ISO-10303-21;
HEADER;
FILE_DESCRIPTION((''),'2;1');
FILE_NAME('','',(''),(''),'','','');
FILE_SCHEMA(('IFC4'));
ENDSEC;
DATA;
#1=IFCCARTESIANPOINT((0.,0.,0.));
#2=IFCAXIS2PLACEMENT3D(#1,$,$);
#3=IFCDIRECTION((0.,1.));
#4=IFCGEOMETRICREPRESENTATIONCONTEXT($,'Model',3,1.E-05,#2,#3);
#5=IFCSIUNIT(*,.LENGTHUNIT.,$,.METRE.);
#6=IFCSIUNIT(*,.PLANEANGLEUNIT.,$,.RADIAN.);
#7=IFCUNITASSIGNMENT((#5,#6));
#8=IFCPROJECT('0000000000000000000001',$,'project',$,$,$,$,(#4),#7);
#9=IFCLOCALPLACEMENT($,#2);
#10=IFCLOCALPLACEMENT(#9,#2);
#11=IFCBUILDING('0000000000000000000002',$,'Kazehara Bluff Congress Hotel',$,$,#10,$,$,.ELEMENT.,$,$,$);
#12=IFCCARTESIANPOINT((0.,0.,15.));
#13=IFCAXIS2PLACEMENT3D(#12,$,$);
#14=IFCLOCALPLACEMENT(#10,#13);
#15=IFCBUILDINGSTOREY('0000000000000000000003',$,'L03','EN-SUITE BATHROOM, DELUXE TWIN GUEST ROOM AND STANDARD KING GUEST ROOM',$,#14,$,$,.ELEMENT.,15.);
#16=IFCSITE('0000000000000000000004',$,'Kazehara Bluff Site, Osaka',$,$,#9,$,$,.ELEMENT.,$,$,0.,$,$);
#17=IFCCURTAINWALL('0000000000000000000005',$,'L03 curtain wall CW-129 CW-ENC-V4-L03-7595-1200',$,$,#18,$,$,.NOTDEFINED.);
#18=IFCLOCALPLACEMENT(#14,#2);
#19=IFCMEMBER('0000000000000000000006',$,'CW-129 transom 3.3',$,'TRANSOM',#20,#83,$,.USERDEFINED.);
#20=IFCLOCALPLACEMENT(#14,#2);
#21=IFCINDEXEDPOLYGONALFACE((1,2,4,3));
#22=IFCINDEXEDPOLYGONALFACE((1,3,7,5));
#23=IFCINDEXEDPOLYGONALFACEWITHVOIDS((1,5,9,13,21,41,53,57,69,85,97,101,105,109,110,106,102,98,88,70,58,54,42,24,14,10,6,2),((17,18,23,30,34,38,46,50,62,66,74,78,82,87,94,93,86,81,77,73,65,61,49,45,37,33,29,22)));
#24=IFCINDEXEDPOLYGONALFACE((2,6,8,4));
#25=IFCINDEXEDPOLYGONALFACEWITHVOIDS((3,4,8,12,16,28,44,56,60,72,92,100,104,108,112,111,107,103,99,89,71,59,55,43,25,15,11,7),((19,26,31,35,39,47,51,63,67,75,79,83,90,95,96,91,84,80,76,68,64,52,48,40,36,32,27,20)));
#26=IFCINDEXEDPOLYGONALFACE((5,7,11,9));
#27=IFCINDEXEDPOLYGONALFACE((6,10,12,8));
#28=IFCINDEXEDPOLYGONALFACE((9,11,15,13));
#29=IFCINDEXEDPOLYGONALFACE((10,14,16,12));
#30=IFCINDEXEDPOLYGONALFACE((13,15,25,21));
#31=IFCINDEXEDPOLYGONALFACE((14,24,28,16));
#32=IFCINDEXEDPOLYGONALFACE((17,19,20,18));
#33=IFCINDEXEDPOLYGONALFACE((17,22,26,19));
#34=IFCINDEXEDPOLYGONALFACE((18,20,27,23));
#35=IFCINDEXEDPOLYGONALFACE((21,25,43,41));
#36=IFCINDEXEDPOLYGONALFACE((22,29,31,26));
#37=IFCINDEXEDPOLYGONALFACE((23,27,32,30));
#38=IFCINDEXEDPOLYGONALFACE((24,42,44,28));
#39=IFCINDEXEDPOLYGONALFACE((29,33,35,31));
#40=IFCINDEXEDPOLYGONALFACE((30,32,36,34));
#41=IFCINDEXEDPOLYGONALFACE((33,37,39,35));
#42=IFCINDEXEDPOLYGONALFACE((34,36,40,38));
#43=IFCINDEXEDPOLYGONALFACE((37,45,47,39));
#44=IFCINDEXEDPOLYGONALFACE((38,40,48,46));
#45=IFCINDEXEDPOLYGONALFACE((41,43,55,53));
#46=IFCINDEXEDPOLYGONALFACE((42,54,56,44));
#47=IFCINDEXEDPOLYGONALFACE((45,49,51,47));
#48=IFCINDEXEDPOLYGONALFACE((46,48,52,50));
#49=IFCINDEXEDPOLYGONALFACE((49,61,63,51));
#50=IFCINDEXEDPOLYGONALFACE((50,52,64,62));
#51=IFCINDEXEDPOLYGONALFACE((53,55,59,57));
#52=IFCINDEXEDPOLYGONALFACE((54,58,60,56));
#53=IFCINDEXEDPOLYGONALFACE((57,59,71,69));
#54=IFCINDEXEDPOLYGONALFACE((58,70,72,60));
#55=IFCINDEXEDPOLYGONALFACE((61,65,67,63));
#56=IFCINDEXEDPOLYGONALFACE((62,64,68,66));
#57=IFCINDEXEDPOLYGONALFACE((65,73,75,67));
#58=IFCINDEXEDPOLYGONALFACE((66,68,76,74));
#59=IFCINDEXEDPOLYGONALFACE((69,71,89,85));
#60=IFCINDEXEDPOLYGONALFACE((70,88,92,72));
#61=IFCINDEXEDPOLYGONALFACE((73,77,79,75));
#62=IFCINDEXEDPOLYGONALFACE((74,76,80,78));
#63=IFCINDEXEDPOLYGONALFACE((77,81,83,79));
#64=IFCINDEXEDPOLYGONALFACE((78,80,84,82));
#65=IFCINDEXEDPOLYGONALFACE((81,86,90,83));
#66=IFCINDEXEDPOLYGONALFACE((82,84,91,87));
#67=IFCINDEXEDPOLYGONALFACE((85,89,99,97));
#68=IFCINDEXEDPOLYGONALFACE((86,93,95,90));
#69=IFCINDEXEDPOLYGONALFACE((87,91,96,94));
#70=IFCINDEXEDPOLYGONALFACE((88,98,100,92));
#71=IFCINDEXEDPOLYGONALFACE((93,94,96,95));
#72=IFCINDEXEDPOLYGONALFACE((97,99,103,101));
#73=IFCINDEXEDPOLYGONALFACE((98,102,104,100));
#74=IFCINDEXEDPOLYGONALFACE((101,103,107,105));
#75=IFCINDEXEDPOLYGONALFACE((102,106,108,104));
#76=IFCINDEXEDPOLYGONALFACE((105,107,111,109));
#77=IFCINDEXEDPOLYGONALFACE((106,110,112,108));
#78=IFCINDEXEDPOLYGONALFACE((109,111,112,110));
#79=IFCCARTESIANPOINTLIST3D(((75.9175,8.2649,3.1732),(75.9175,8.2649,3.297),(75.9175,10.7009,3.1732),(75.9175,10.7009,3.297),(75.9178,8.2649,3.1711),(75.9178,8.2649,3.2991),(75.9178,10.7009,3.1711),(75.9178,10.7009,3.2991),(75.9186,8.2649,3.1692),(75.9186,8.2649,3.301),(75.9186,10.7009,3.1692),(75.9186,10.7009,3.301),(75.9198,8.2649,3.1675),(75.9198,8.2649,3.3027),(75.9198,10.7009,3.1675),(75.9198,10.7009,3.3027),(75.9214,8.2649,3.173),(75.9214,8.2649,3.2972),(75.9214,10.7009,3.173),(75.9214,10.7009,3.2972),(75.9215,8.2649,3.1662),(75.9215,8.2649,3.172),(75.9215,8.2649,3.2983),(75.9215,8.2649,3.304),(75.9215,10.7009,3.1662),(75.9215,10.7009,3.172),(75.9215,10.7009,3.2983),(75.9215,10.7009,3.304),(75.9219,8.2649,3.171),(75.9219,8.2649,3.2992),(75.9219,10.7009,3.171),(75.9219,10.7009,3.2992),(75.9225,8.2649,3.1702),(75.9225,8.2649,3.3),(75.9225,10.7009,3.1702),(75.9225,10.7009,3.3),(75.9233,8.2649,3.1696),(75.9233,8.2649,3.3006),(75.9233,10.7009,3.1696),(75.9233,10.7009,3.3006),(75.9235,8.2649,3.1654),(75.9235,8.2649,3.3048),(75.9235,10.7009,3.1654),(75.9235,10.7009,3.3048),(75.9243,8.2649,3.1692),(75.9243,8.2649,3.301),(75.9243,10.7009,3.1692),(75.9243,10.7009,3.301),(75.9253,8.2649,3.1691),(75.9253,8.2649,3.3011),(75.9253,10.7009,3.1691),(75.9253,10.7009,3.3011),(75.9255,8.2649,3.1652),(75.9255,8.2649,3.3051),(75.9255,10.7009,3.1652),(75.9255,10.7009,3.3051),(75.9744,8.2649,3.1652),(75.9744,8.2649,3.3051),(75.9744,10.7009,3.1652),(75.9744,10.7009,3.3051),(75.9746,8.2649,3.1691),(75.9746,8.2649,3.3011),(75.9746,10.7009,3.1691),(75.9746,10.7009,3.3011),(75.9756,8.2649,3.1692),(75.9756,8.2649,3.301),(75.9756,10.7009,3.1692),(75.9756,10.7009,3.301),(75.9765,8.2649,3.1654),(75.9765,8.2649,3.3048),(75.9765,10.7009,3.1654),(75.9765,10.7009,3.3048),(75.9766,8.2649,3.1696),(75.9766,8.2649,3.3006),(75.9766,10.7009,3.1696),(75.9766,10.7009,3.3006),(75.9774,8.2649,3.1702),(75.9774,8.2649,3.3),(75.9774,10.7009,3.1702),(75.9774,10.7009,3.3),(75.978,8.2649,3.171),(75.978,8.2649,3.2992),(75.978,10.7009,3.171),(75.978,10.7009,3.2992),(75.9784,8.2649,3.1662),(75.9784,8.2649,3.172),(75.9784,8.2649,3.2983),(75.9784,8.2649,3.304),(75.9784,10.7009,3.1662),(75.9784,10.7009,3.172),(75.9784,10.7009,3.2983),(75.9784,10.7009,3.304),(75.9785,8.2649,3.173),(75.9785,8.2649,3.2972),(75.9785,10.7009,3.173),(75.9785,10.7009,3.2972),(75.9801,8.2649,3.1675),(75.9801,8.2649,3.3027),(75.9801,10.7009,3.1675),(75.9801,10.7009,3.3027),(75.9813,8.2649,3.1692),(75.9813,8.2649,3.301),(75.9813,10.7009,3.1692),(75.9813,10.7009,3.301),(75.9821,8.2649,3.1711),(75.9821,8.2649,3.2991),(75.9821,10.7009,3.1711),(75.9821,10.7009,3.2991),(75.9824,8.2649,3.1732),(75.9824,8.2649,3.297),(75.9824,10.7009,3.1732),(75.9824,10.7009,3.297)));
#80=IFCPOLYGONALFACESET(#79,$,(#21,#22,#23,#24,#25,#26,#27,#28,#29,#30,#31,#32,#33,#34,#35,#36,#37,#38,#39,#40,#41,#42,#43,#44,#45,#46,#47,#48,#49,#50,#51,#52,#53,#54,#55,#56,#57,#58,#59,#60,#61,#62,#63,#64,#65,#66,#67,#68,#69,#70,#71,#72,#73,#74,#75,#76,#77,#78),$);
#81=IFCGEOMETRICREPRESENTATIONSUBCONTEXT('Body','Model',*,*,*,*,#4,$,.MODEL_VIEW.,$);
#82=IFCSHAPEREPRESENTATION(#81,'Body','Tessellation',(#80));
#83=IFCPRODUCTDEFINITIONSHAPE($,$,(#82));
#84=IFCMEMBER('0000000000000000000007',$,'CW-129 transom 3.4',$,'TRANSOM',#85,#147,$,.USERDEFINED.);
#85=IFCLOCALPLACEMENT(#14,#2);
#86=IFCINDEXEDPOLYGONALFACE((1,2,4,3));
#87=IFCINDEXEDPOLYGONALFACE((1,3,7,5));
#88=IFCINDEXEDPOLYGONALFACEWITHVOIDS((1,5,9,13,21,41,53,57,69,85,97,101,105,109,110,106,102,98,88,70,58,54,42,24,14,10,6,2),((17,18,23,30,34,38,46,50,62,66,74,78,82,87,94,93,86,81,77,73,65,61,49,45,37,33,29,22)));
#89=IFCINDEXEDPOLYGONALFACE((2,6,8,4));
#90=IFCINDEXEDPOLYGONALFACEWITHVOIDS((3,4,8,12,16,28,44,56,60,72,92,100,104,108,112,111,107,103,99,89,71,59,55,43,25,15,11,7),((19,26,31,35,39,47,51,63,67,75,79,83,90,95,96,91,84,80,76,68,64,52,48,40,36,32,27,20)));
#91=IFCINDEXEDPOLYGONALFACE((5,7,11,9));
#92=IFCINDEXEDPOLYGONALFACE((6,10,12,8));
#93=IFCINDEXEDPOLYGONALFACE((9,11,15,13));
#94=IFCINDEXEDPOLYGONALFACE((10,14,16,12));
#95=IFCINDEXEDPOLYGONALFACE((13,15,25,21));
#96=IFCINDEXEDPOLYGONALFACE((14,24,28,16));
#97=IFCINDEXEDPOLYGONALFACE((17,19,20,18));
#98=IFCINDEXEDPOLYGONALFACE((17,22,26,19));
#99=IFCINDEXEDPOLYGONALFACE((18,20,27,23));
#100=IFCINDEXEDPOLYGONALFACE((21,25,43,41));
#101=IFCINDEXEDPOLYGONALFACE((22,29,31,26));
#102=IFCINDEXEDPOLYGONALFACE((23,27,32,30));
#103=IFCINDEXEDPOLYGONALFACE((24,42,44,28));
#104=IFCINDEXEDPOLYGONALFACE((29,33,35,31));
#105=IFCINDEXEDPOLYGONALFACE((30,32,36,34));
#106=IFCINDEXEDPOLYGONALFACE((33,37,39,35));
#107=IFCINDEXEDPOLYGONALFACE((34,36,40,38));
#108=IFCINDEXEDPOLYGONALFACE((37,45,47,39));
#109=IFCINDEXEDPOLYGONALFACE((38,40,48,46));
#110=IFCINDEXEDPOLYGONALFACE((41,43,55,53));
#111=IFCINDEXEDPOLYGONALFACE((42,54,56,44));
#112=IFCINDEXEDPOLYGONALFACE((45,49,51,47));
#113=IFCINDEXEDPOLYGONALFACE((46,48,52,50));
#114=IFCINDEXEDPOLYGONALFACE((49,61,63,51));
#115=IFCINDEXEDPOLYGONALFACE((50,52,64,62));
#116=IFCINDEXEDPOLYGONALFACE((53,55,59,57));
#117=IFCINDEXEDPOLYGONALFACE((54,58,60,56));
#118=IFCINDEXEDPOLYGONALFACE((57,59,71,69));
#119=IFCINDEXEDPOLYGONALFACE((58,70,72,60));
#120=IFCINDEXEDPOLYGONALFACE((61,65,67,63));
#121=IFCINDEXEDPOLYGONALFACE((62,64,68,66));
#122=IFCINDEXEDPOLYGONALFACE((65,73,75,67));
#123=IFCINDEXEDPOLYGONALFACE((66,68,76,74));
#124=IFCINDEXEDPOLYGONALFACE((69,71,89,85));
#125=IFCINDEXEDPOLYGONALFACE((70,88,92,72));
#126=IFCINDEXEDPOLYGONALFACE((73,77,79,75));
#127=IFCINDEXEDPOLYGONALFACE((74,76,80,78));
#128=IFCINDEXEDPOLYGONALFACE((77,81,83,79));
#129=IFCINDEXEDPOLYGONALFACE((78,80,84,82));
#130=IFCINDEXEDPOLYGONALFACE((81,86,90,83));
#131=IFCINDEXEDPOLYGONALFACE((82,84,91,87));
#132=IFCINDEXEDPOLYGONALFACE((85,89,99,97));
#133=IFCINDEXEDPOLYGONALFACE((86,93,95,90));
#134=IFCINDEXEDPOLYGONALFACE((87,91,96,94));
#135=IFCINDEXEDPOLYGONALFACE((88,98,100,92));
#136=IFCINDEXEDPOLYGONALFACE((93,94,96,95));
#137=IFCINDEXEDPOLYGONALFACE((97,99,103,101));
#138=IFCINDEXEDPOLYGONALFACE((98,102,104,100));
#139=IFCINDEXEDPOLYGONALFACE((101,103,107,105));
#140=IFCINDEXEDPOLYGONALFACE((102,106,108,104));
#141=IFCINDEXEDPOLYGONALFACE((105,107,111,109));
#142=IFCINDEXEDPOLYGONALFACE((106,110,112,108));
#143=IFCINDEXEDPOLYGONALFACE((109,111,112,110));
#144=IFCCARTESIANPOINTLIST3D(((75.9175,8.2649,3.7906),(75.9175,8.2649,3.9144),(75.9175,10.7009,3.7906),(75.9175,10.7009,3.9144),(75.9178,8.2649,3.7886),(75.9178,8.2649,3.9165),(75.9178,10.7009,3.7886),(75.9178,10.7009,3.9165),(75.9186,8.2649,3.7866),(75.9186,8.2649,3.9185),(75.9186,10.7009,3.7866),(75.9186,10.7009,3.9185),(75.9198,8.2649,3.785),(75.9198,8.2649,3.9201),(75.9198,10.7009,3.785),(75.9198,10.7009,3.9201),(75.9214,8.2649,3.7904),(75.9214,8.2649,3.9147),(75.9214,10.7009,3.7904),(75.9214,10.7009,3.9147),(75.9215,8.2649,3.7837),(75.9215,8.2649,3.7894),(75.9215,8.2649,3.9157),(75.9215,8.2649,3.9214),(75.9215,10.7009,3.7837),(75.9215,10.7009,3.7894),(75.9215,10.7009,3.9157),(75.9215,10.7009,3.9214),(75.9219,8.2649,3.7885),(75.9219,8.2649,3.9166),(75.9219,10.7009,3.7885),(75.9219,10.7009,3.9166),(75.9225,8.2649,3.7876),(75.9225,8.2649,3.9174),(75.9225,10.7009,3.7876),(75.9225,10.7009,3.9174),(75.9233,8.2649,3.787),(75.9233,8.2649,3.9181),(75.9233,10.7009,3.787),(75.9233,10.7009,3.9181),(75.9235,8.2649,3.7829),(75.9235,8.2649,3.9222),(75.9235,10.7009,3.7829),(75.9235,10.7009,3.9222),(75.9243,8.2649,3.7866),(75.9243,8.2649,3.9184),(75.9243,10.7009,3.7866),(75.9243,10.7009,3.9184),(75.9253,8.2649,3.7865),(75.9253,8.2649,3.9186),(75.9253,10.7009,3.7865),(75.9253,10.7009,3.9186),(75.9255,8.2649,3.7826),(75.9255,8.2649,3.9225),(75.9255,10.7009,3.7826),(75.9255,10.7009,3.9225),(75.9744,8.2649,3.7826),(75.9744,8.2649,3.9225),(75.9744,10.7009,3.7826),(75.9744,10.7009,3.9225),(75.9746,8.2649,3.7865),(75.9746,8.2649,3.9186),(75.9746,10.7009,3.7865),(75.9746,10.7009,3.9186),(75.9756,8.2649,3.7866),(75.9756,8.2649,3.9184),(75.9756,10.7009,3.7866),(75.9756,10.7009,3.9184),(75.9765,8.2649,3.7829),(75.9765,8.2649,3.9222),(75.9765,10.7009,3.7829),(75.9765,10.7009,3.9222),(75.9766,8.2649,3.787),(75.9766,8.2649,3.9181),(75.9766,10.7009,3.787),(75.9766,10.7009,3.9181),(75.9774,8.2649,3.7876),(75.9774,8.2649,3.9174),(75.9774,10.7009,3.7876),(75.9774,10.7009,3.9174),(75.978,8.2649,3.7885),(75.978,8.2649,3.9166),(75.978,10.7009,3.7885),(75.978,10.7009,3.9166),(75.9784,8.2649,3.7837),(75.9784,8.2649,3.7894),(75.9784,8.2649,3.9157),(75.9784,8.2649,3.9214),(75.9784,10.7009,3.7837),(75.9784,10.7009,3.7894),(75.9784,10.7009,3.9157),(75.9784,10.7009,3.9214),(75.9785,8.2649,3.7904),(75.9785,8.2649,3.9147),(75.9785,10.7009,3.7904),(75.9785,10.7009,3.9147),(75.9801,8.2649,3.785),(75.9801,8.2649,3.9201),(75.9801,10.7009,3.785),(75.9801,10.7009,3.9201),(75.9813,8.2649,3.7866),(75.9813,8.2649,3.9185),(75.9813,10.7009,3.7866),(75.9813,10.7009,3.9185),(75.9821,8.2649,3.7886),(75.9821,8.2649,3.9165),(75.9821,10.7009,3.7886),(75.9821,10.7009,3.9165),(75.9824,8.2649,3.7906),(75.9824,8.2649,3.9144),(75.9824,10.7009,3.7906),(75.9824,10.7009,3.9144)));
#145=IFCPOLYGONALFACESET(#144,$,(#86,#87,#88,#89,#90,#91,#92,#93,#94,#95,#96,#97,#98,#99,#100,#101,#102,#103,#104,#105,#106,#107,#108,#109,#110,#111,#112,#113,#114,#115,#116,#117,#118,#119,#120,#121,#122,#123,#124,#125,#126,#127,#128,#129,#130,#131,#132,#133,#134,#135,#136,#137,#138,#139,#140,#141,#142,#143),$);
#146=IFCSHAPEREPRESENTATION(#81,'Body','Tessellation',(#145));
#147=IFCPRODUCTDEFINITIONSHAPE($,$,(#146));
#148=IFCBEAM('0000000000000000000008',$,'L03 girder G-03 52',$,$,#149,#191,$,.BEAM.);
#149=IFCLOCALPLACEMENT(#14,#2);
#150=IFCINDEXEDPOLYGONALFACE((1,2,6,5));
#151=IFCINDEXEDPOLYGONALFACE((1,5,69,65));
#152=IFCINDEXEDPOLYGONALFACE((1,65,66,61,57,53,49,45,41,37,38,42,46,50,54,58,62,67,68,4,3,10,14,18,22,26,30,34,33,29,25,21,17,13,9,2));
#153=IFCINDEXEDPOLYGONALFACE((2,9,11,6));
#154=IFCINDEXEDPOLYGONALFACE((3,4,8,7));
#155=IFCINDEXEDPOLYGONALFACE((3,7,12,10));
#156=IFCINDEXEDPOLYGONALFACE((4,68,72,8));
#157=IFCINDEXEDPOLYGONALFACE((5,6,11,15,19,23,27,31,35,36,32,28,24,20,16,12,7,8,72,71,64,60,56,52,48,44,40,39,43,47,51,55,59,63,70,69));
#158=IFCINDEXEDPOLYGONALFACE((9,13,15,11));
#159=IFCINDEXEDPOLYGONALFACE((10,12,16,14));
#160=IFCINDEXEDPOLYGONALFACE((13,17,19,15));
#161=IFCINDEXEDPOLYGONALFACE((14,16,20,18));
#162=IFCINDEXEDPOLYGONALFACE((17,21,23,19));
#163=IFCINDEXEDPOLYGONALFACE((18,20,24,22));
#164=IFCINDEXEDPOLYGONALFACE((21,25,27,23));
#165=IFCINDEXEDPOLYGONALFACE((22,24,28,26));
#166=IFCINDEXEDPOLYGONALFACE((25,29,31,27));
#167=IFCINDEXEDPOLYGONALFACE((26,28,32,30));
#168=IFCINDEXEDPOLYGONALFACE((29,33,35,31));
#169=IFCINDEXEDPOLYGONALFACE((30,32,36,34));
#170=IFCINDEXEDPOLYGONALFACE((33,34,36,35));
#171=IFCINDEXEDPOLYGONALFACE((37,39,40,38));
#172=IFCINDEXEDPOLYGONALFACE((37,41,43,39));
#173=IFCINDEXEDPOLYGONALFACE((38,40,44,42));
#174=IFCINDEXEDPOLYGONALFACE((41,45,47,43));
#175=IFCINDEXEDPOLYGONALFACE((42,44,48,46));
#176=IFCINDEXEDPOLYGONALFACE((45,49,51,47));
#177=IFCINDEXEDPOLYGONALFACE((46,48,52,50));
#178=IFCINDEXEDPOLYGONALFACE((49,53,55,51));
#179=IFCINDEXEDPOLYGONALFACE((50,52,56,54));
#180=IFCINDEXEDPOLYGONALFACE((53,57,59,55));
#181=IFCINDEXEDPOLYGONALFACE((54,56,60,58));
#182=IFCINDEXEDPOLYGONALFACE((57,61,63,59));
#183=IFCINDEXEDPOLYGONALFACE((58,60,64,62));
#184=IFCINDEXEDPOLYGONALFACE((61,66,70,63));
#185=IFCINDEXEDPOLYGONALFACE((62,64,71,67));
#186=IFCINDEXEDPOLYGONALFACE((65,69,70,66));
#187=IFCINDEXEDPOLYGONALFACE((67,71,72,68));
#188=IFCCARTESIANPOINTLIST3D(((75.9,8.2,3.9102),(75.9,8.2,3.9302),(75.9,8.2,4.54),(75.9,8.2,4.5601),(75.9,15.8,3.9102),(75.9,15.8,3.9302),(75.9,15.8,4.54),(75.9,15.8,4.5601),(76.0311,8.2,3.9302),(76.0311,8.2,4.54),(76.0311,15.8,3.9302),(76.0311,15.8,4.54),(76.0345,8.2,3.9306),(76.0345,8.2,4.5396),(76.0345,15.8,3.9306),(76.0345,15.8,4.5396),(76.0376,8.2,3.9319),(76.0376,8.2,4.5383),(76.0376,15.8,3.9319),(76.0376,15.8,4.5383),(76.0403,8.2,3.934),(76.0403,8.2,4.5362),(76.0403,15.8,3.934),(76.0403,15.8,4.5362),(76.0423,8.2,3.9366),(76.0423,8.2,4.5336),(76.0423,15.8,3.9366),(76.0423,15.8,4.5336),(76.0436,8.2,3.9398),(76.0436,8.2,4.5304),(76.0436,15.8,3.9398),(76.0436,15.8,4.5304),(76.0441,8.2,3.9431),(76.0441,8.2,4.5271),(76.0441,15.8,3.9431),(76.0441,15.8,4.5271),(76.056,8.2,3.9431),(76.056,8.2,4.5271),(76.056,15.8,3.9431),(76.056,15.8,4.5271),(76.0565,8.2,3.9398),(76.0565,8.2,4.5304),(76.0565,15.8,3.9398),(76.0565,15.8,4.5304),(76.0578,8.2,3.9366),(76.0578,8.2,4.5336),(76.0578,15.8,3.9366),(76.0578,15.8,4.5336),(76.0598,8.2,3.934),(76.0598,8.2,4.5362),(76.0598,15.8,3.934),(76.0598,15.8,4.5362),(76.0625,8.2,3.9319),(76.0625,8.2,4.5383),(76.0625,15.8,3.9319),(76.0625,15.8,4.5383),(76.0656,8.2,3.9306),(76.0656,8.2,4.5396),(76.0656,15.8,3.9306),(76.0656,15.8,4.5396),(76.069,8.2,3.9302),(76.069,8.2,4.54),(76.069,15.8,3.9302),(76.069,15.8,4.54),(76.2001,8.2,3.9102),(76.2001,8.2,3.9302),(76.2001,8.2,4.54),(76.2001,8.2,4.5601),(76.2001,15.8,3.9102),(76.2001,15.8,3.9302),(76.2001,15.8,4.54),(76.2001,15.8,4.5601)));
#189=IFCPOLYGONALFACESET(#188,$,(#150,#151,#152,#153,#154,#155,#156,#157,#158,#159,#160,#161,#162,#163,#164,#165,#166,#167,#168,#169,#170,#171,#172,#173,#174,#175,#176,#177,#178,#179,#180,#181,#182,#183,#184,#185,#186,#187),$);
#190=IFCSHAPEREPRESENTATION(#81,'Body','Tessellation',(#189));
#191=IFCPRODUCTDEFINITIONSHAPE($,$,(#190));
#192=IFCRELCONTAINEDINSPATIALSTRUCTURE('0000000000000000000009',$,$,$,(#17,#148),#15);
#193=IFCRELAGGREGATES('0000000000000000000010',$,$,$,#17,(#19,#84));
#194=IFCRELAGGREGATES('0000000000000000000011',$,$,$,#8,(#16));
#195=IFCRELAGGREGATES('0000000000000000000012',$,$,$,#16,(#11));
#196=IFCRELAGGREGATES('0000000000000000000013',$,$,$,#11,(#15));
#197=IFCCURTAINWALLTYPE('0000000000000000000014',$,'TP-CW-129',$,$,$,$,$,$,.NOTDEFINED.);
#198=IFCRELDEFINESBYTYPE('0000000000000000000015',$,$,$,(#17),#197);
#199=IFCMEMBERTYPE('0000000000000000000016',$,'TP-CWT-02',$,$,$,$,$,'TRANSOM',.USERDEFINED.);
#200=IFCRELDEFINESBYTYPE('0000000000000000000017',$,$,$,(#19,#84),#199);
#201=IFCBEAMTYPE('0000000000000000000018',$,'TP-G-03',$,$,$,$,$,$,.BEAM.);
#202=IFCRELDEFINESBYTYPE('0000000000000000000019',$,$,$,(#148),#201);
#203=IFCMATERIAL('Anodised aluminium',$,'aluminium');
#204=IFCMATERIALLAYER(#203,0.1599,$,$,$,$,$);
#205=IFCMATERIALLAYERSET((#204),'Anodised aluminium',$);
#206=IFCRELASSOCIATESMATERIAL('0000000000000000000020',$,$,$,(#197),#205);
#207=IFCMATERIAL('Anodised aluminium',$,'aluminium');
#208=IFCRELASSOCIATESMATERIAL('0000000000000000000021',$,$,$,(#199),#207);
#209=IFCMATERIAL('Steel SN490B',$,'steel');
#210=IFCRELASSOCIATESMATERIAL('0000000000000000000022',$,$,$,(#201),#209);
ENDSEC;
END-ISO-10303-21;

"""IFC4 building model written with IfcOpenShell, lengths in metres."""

from ifc_helpers import new_model, si_unit, direction, frame, origin, origin_2d, place, context, subcontext, project, spatial, hollow_rectangle, i_section, extrude, material, layer, layer_set, material_profile, profile_set, type_object, element, aggregate, save


model = new_model("IFC4")

# Units and contexts
model_context = context("Model", 3, precision=1e-05, world=origin(), true_north=direction((0.0, 1.0)))
body_context = subcontext(model_context, "Body", "Model", "MODEL_VIEW")
ifc_project = project(units=[si_unit("LENGTHUNIT", "METRE"), si_unit("PLANEANGLEUNIT", "RADIAN")], contexts=[model_context])

# Site, building, storey
site_placement = place(None, origin())
site = spatial("IfcSite", under=ifc_project, at=site_placement, Name="Kazehara Bluff Site, Osaka", CompositionType="ELEMENT", RefElevation=0.0)
building_placement = place(site_placement, origin())
building = spatial("IfcBuilding", under=site, at=building_placement, Name="Kazehara Bluff Congress Hotel", CompositionType="ELEMENT")
storey_placement = place(building_placement, frame((0.0, 0.0, 15.0)))
storey = spatial("IfcBuildingStorey", under=building, at=storey_placement, Name="L03", Description="EN-SUITE BATHROOM, DELUXE TWIN GUEST ROOM AND STANDARD KING GUEST ROOM", CompositionType="ELEMENT", Elevation=15.0)

# Curtain wall, members
ifc_material_1 = material(Name="Anodised aluminium", Category="aluminium")
ifc_layer_1 = layer(ifc_material_1, 0.1599)
ifc_layer_set_1 = layer_set([ifc_layer_1], Name="Anodised aluminium")
curtain_wall_type = type_object("IfcCurtainWallType", Name="TP-CW-129", PredefinedType="NOTDEFINED", material=ifc_layer_set_1)
curtain_wall_placement = place(storey_placement, origin())
curtain_wall = element("IfcCurtainWall", 1, at=curtain_wall_placement, inside=storey, type_object=curtain_wall_type, Name="L03 curtain wall CW-129 CW-ENC-V4-L03-7595-1200", PredefinedType="NOTDEFINED")
ifc_material_2 = material(Name="Anodised aluminium", Category="aluminium")
ifc_material_profile_1 = material_profile(ifc_material_2, hollow_rectangle(XDim=0.0649, YDim=0.1399, WallThickness=0.0039, InnerFilletRadius=0.0039, OuterFilletRadius=0.0081, at=origin_2d()))
ifc_profile_set_1 = profile_set([ifc_material_profile_1], Name="Anodised aluminium")
member_type_1 = type_object("IfcMemberType", Name="TP-CWT-02", ElementType="TRANSOM", PredefinedType="USERDEFINED", material=ifc_profile_set_1)
member_1_placement = place(storey_placement, frame((75.95, 10.7009, 3.2351), z_axis=(0.0, -1.0, 0.0), x_axis=(1.0, 0.0, 0.0)))
member_1 = element("IfcMember", 2, at=member_1_placement, type_object=member_type_1, Name="CW-129 transom 3.3", ObjectType="TRANSOM", PredefinedType="USERDEFINED", context=body_context, shape_type="SweptSolid", body=[
    extrude(hollow_rectangle(XDim=0.0649, YDim=0.1399, WallThickness=0.0039, InnerFilletRadius=0.0039, OuterFilletRadius=0.0081, at=origin_2d()), origin(), (0.0, 0.0, 1.0), 2.436),
])
member_2_placement = place(storey_placement, frame((75.95, 10.7009, 3.8525), z_axis=(0.0, -1.0, 0.0), x_axis=(1.0, 0.0, 0.0)))
member_2 = element("IfcMember", 3, at=member_2_placement, type_object=member_type_1, Name="CW-129 transom 3.4", ObjectType="TRANSOM", PredefinedType="USERDEFINED", context=body_context, shape_type="SweptSolid", body=[
    extrude(hollow_rectangle(XDim=0.0649, YDim=0.1399, WallThickness=0.0039, InnerFilletRadius=0.0039, OuterFilletRadius=0.0081, at=origin_2d()), origin(), (0.0, 0.0, 1.0), 2.436),
])

# Beam
ifc_material_3 = material(Name="Steel SN490B", Category="steel")
ifc_material_profile_2 = material_profile(ifc_material_3, i_section(OverallWidth=0.3, OverallDepth=0.6499, WebThickness=0.012, FlangeThickness=0.02, FilletRadius=0.0129, at=origin_2d()))
ifc_profile_set_2 = profile_set([ifc_material_profile_2], Name="Steel SN490B")
beam_type = type_object("IfcBeamType", Name="TP-G-03", PredefinedType="BEAM", material=ifc_profile_set_2)
beam_1_placement = place(storey_placement, frame((76.05, 8.2, 4.2351), z_axis=(0.0, 1.0, 0.0), x_axis=(-1.0, 0.0, 0.0)))
element("IfcBeam", 4, at=beam_1_placement, inside=storey, type_object=beam_type, Name="L03 girder G-03 52", PredefinedType="BEAM", context=body_context, shape_type="SweptSolid", body=[
    extrude(i_section(OverallWidth=0.3, OverallDepth=0.6499, WebThickness=0.012, FlangeThickness=0.02, FilletRadius=0.0129, at=origin_2d()), origin(), (0.0, 0.0, 1.0), 7.6001),
])

aggregate(curtain_wall, [member_1, member_2])

save(model, "model.ifc")
